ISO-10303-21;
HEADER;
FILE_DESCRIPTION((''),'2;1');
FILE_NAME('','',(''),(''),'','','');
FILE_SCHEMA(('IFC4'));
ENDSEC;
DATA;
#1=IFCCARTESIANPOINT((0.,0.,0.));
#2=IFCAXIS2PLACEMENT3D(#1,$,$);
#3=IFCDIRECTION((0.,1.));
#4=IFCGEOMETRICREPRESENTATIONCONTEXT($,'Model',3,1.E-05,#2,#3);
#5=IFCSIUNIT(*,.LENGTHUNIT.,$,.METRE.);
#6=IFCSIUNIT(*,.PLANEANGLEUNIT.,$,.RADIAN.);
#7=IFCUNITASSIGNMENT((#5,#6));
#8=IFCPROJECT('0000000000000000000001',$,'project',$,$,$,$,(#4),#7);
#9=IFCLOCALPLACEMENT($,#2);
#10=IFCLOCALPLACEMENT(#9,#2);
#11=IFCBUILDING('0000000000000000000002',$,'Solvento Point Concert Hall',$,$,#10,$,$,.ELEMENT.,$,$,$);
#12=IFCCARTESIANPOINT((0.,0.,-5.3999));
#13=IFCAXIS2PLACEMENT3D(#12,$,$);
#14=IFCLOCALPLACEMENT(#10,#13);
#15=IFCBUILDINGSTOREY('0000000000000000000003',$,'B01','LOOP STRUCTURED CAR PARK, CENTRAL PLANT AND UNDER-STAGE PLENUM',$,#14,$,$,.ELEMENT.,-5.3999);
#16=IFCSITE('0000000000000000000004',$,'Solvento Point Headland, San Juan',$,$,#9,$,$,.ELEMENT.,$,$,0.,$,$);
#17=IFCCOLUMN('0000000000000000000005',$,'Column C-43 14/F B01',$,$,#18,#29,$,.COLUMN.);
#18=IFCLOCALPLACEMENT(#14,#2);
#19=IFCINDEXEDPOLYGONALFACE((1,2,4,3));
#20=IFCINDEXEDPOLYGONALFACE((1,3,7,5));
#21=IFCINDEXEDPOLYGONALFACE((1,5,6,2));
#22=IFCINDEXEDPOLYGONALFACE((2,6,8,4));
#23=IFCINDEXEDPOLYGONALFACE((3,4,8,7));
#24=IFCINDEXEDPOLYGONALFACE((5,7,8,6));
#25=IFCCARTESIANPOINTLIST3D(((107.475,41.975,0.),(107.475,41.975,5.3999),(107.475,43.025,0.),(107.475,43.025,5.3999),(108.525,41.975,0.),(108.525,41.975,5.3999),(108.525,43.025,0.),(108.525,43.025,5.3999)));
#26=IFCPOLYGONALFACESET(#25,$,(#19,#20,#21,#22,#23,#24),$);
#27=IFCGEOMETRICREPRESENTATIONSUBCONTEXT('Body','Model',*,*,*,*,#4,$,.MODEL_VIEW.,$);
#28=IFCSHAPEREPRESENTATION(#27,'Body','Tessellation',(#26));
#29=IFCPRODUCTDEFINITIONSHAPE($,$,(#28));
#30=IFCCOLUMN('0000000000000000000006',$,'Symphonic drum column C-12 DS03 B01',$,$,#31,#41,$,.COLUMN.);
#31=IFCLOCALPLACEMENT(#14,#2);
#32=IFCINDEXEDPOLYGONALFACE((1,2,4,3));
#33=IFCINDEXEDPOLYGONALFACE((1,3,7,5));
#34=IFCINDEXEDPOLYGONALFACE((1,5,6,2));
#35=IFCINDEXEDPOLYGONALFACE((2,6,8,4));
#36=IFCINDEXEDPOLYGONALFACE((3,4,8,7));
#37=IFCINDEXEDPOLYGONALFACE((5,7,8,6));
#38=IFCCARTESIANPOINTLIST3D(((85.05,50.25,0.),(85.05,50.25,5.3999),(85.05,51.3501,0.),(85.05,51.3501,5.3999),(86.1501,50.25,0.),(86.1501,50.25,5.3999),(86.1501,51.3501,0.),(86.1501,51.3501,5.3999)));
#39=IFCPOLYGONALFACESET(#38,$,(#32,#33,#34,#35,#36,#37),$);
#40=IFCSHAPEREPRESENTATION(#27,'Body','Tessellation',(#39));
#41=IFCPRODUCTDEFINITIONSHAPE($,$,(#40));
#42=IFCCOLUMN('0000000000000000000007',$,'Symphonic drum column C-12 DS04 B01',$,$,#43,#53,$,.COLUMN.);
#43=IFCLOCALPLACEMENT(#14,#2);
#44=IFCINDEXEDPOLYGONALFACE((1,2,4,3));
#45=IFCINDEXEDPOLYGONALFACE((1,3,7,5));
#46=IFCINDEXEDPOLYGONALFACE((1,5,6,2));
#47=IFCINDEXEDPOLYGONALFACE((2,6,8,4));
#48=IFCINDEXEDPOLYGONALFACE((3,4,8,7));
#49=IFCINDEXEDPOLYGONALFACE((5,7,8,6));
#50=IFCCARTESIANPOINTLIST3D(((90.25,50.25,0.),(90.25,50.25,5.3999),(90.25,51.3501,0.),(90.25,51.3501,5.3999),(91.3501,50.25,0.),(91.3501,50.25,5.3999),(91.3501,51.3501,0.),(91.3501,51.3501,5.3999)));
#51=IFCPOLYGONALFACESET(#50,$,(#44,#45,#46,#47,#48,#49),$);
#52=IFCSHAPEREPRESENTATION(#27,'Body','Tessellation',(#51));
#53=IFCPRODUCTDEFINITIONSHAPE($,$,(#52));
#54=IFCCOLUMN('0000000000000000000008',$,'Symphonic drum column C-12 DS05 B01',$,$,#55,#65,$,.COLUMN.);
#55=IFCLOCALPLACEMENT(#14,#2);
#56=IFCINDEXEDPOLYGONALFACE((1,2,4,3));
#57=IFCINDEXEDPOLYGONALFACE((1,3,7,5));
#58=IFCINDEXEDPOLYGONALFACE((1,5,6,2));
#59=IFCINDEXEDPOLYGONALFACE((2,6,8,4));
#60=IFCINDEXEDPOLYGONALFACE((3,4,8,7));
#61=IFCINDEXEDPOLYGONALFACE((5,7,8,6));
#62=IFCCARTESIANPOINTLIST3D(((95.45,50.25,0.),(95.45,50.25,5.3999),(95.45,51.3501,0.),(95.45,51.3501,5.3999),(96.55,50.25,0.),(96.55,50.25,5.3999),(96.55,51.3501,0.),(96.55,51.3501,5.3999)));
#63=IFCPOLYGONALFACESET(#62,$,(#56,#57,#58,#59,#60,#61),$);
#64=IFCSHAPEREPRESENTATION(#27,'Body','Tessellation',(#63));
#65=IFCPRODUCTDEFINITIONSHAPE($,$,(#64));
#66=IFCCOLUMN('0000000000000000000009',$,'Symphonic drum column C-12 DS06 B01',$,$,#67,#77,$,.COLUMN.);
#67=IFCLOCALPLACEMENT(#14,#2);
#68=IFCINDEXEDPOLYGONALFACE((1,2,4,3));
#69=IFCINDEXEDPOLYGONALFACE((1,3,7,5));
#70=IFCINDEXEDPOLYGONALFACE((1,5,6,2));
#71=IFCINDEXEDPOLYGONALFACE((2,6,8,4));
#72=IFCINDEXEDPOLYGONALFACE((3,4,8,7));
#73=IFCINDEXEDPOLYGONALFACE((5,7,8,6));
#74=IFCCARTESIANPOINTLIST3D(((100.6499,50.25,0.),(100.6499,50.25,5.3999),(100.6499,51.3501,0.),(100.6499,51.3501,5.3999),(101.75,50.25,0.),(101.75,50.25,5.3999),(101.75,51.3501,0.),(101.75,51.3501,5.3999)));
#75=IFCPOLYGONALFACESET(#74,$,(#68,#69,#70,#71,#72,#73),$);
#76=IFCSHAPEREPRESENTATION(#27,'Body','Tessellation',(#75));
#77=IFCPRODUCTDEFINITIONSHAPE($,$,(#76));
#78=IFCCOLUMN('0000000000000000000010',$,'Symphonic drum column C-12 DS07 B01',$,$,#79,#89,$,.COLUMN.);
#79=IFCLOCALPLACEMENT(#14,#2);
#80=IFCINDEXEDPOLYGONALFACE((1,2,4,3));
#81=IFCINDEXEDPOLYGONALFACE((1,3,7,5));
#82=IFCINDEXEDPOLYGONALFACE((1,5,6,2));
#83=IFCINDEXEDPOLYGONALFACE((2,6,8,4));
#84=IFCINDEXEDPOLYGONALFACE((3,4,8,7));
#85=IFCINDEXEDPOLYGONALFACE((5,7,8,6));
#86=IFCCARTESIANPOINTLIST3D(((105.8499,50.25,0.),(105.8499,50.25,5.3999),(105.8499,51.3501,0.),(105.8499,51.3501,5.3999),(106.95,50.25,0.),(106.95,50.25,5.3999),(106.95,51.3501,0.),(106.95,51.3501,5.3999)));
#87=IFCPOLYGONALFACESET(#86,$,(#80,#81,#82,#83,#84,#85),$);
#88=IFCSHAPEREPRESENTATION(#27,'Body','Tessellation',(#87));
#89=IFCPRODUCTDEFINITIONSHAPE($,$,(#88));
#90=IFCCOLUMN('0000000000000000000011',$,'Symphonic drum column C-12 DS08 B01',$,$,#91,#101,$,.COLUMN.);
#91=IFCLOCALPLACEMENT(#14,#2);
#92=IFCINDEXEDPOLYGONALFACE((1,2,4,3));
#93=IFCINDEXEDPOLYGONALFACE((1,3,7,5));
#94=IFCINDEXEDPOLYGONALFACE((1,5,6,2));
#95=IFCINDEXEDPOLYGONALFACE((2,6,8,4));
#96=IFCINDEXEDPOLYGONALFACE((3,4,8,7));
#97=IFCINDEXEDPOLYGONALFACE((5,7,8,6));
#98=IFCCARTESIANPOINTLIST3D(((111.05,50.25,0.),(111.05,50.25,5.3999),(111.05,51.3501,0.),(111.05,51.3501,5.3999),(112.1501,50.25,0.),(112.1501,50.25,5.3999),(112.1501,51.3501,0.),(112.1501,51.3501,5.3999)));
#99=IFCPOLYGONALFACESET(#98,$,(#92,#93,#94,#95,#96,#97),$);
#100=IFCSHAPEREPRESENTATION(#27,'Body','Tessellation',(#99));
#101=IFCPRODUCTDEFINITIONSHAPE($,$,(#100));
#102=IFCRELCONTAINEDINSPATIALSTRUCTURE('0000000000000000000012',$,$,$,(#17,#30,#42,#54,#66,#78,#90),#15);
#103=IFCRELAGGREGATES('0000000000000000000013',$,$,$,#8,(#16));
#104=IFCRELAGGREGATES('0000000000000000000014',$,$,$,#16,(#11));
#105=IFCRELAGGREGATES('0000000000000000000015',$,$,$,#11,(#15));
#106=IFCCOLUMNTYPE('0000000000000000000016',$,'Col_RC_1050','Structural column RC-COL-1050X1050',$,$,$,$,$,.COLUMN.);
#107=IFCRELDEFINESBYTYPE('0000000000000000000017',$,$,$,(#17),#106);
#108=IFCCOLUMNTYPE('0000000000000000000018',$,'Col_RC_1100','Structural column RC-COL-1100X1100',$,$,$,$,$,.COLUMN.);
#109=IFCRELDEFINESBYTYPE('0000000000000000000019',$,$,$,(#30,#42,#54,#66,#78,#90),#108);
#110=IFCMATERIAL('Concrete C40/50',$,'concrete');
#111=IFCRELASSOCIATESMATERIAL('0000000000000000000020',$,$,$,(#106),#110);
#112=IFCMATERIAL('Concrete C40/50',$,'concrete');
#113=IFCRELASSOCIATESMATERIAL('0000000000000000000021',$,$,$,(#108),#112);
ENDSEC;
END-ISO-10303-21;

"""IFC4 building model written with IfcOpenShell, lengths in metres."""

from ifc_helpers import new_model, si_unit, direction, frame, origin, origin_2d, place, context, subcontext, project, spatial, rectangle, extrude, material, material_profile, profile_set, type_object, element, save


model = new_model("IFC4")

# Units and contexts
model_context = context("Model", 3, precision=1e-05, world=origin(), true_north=direction((0.0, 1.0)))
body_context = subcontext(model_context, "Body", "Model", "MODEL_VIEW")
ifc_project = project(units=[si_unit("LENGTHUNIT", "METRE"), si_unit("PLANEANGLEUNIT", "RADIAN")], contexts=[model_context])

# Site, building, storey
site_placement = place(None, origin())
site = spatial("IfcSite", under=ifc_project, at=site_placement, Name="Solvento Point Headland, San Juan", CompositionType="ELEMENT", RefElevation=0.0)
building_placement = place(site_placement, origin())
building = spatial("IfcBuilding", under=site, at=building_placement, Name="Solvento Point Concert Hall", CompositionType="ELEMENT")
storey_placement = place(building_placement, frame((0.0, 0.0, -5.3999)))
storey = spatial("IfcBuildingStorey", under=building, at=storey_placement, Name="B01", Description="LOOP STRUCTURED CAR PARK, CENTRAL PLANT AND UNDER-STAGE PLENUM", CompositionType="ELEMENT", Elevation=-5.3999)

# Columns
ifc_material_1 = material(Name="Concrete C40/50", Category="concrete")
ifc_material_profile_1 = material_profile(ifc_material_1, rectangle(XDim=1.05, YDim=1.05, at=origin_2d()), Name="RC-COL-1050X1050")
ifc_profile_set_1 = profile_set([ifc_material_profile_1], Name="Concrete C40/50")
column_type_1 = type_object("IfcColumnType", Name="Col_RC_1050", Description="Structural column RC-COL-1050X1050", PredefinedType="COLUMN", material=ifc_profile_set_1)
for number, where, z_axis, x_axis, name in (
    (1, (108.0, 42.5, 0.0), (0.0, 0.0, 1.0), (1.0, 0.0, 0.0), "Column C-43 14/F B01"),
):
    element("IfcColumn", number, at=place(storey_placement, frame(where, z_axis=z_axis, x_axis=x_axis)), inside=storey, type_object=column_type_1, Name=name, PredefinedType="COLUMN", context=body_context, shape_type="SweptSolid", body=[
        extrude(rectangle(XDim=1.05, YDim=1.05, at=origin_2d()), origin(), (0.0, 0.0, 1.0), 5.3999),
    ])
ifc_material_2 = material(Name="Concrete C40/50", Category="concrete")
ifc_material_profile_2 = material_profile(ifc_material_2, rectangle(XDim=1.1001, YDim=1.1001, at=origin_2d()), Name="RC-COL-1100X1100")
ifc_profile_set_2 = profile_set([ifc_material_profile_2], Name="Concrete C40/50")
column_type_2 = type_object("IfcColumnType", Name="Col_RC_1100", Description="Structural column RC-COL-1100X1100", PredefinedType="COLUMN", material=ifc_profile_set_2)
for number, where, z_axis, x_axis, name in (
    (2, (85.6001, 50.8, 0.0), (0.0, 0.0, 1.0), (1.0, 0.0, 0.0), "Symphonic drum column C-12 DS03 B01"),
    (3, (90.8, 50.8, 0.0), (0.0, 0.0, 1.0), (1.0, 0.0, 0.0), "Symphonic drum column C-12 DS04 B01"),
    (4, (96.0, 50.8, 0.0), (0.0, 0.0, 1.0), (1.0, 0.0, 0.0), "Symphonic drum column C-12 DS05 B01"),
    (5, (101.2, 50.8, 0.0), (0.0, 0.0, 1.0), (1.0, 0.0, 0.0), "Symphonic drum column C-12 DS06 B01"),
    (6, (106.3999, 50.8, 0.0), (0.0, 0.0, 1.0), (1.0, 0.0, 0.0), "Symphonic drum column C-12 DS07 B01"),
    (7, (111.6001, 50.8, 0.0), (0.0, 0.0, 1.0), (1.0, 0.0, 0.0), "Symphonic drum column C-12 DS08 B01"),
):
    element("IfcColumn", number, at=place(storey_placement, frame(where, z_axis=z_axis, x_axis=x_axis)), inside=storey, type_object=column_type_2, Name=name, PredefinedType="COLUMN", context=body_context, shape_type="SweptSolid", body=[
        extrude(rectangle(XDim=1.1001, YDim=1.1001, at=origin_2d()), origin(), (0.0, 0.0, 1.0), 5.3999),
    ])

save(model, "model.ifc")
